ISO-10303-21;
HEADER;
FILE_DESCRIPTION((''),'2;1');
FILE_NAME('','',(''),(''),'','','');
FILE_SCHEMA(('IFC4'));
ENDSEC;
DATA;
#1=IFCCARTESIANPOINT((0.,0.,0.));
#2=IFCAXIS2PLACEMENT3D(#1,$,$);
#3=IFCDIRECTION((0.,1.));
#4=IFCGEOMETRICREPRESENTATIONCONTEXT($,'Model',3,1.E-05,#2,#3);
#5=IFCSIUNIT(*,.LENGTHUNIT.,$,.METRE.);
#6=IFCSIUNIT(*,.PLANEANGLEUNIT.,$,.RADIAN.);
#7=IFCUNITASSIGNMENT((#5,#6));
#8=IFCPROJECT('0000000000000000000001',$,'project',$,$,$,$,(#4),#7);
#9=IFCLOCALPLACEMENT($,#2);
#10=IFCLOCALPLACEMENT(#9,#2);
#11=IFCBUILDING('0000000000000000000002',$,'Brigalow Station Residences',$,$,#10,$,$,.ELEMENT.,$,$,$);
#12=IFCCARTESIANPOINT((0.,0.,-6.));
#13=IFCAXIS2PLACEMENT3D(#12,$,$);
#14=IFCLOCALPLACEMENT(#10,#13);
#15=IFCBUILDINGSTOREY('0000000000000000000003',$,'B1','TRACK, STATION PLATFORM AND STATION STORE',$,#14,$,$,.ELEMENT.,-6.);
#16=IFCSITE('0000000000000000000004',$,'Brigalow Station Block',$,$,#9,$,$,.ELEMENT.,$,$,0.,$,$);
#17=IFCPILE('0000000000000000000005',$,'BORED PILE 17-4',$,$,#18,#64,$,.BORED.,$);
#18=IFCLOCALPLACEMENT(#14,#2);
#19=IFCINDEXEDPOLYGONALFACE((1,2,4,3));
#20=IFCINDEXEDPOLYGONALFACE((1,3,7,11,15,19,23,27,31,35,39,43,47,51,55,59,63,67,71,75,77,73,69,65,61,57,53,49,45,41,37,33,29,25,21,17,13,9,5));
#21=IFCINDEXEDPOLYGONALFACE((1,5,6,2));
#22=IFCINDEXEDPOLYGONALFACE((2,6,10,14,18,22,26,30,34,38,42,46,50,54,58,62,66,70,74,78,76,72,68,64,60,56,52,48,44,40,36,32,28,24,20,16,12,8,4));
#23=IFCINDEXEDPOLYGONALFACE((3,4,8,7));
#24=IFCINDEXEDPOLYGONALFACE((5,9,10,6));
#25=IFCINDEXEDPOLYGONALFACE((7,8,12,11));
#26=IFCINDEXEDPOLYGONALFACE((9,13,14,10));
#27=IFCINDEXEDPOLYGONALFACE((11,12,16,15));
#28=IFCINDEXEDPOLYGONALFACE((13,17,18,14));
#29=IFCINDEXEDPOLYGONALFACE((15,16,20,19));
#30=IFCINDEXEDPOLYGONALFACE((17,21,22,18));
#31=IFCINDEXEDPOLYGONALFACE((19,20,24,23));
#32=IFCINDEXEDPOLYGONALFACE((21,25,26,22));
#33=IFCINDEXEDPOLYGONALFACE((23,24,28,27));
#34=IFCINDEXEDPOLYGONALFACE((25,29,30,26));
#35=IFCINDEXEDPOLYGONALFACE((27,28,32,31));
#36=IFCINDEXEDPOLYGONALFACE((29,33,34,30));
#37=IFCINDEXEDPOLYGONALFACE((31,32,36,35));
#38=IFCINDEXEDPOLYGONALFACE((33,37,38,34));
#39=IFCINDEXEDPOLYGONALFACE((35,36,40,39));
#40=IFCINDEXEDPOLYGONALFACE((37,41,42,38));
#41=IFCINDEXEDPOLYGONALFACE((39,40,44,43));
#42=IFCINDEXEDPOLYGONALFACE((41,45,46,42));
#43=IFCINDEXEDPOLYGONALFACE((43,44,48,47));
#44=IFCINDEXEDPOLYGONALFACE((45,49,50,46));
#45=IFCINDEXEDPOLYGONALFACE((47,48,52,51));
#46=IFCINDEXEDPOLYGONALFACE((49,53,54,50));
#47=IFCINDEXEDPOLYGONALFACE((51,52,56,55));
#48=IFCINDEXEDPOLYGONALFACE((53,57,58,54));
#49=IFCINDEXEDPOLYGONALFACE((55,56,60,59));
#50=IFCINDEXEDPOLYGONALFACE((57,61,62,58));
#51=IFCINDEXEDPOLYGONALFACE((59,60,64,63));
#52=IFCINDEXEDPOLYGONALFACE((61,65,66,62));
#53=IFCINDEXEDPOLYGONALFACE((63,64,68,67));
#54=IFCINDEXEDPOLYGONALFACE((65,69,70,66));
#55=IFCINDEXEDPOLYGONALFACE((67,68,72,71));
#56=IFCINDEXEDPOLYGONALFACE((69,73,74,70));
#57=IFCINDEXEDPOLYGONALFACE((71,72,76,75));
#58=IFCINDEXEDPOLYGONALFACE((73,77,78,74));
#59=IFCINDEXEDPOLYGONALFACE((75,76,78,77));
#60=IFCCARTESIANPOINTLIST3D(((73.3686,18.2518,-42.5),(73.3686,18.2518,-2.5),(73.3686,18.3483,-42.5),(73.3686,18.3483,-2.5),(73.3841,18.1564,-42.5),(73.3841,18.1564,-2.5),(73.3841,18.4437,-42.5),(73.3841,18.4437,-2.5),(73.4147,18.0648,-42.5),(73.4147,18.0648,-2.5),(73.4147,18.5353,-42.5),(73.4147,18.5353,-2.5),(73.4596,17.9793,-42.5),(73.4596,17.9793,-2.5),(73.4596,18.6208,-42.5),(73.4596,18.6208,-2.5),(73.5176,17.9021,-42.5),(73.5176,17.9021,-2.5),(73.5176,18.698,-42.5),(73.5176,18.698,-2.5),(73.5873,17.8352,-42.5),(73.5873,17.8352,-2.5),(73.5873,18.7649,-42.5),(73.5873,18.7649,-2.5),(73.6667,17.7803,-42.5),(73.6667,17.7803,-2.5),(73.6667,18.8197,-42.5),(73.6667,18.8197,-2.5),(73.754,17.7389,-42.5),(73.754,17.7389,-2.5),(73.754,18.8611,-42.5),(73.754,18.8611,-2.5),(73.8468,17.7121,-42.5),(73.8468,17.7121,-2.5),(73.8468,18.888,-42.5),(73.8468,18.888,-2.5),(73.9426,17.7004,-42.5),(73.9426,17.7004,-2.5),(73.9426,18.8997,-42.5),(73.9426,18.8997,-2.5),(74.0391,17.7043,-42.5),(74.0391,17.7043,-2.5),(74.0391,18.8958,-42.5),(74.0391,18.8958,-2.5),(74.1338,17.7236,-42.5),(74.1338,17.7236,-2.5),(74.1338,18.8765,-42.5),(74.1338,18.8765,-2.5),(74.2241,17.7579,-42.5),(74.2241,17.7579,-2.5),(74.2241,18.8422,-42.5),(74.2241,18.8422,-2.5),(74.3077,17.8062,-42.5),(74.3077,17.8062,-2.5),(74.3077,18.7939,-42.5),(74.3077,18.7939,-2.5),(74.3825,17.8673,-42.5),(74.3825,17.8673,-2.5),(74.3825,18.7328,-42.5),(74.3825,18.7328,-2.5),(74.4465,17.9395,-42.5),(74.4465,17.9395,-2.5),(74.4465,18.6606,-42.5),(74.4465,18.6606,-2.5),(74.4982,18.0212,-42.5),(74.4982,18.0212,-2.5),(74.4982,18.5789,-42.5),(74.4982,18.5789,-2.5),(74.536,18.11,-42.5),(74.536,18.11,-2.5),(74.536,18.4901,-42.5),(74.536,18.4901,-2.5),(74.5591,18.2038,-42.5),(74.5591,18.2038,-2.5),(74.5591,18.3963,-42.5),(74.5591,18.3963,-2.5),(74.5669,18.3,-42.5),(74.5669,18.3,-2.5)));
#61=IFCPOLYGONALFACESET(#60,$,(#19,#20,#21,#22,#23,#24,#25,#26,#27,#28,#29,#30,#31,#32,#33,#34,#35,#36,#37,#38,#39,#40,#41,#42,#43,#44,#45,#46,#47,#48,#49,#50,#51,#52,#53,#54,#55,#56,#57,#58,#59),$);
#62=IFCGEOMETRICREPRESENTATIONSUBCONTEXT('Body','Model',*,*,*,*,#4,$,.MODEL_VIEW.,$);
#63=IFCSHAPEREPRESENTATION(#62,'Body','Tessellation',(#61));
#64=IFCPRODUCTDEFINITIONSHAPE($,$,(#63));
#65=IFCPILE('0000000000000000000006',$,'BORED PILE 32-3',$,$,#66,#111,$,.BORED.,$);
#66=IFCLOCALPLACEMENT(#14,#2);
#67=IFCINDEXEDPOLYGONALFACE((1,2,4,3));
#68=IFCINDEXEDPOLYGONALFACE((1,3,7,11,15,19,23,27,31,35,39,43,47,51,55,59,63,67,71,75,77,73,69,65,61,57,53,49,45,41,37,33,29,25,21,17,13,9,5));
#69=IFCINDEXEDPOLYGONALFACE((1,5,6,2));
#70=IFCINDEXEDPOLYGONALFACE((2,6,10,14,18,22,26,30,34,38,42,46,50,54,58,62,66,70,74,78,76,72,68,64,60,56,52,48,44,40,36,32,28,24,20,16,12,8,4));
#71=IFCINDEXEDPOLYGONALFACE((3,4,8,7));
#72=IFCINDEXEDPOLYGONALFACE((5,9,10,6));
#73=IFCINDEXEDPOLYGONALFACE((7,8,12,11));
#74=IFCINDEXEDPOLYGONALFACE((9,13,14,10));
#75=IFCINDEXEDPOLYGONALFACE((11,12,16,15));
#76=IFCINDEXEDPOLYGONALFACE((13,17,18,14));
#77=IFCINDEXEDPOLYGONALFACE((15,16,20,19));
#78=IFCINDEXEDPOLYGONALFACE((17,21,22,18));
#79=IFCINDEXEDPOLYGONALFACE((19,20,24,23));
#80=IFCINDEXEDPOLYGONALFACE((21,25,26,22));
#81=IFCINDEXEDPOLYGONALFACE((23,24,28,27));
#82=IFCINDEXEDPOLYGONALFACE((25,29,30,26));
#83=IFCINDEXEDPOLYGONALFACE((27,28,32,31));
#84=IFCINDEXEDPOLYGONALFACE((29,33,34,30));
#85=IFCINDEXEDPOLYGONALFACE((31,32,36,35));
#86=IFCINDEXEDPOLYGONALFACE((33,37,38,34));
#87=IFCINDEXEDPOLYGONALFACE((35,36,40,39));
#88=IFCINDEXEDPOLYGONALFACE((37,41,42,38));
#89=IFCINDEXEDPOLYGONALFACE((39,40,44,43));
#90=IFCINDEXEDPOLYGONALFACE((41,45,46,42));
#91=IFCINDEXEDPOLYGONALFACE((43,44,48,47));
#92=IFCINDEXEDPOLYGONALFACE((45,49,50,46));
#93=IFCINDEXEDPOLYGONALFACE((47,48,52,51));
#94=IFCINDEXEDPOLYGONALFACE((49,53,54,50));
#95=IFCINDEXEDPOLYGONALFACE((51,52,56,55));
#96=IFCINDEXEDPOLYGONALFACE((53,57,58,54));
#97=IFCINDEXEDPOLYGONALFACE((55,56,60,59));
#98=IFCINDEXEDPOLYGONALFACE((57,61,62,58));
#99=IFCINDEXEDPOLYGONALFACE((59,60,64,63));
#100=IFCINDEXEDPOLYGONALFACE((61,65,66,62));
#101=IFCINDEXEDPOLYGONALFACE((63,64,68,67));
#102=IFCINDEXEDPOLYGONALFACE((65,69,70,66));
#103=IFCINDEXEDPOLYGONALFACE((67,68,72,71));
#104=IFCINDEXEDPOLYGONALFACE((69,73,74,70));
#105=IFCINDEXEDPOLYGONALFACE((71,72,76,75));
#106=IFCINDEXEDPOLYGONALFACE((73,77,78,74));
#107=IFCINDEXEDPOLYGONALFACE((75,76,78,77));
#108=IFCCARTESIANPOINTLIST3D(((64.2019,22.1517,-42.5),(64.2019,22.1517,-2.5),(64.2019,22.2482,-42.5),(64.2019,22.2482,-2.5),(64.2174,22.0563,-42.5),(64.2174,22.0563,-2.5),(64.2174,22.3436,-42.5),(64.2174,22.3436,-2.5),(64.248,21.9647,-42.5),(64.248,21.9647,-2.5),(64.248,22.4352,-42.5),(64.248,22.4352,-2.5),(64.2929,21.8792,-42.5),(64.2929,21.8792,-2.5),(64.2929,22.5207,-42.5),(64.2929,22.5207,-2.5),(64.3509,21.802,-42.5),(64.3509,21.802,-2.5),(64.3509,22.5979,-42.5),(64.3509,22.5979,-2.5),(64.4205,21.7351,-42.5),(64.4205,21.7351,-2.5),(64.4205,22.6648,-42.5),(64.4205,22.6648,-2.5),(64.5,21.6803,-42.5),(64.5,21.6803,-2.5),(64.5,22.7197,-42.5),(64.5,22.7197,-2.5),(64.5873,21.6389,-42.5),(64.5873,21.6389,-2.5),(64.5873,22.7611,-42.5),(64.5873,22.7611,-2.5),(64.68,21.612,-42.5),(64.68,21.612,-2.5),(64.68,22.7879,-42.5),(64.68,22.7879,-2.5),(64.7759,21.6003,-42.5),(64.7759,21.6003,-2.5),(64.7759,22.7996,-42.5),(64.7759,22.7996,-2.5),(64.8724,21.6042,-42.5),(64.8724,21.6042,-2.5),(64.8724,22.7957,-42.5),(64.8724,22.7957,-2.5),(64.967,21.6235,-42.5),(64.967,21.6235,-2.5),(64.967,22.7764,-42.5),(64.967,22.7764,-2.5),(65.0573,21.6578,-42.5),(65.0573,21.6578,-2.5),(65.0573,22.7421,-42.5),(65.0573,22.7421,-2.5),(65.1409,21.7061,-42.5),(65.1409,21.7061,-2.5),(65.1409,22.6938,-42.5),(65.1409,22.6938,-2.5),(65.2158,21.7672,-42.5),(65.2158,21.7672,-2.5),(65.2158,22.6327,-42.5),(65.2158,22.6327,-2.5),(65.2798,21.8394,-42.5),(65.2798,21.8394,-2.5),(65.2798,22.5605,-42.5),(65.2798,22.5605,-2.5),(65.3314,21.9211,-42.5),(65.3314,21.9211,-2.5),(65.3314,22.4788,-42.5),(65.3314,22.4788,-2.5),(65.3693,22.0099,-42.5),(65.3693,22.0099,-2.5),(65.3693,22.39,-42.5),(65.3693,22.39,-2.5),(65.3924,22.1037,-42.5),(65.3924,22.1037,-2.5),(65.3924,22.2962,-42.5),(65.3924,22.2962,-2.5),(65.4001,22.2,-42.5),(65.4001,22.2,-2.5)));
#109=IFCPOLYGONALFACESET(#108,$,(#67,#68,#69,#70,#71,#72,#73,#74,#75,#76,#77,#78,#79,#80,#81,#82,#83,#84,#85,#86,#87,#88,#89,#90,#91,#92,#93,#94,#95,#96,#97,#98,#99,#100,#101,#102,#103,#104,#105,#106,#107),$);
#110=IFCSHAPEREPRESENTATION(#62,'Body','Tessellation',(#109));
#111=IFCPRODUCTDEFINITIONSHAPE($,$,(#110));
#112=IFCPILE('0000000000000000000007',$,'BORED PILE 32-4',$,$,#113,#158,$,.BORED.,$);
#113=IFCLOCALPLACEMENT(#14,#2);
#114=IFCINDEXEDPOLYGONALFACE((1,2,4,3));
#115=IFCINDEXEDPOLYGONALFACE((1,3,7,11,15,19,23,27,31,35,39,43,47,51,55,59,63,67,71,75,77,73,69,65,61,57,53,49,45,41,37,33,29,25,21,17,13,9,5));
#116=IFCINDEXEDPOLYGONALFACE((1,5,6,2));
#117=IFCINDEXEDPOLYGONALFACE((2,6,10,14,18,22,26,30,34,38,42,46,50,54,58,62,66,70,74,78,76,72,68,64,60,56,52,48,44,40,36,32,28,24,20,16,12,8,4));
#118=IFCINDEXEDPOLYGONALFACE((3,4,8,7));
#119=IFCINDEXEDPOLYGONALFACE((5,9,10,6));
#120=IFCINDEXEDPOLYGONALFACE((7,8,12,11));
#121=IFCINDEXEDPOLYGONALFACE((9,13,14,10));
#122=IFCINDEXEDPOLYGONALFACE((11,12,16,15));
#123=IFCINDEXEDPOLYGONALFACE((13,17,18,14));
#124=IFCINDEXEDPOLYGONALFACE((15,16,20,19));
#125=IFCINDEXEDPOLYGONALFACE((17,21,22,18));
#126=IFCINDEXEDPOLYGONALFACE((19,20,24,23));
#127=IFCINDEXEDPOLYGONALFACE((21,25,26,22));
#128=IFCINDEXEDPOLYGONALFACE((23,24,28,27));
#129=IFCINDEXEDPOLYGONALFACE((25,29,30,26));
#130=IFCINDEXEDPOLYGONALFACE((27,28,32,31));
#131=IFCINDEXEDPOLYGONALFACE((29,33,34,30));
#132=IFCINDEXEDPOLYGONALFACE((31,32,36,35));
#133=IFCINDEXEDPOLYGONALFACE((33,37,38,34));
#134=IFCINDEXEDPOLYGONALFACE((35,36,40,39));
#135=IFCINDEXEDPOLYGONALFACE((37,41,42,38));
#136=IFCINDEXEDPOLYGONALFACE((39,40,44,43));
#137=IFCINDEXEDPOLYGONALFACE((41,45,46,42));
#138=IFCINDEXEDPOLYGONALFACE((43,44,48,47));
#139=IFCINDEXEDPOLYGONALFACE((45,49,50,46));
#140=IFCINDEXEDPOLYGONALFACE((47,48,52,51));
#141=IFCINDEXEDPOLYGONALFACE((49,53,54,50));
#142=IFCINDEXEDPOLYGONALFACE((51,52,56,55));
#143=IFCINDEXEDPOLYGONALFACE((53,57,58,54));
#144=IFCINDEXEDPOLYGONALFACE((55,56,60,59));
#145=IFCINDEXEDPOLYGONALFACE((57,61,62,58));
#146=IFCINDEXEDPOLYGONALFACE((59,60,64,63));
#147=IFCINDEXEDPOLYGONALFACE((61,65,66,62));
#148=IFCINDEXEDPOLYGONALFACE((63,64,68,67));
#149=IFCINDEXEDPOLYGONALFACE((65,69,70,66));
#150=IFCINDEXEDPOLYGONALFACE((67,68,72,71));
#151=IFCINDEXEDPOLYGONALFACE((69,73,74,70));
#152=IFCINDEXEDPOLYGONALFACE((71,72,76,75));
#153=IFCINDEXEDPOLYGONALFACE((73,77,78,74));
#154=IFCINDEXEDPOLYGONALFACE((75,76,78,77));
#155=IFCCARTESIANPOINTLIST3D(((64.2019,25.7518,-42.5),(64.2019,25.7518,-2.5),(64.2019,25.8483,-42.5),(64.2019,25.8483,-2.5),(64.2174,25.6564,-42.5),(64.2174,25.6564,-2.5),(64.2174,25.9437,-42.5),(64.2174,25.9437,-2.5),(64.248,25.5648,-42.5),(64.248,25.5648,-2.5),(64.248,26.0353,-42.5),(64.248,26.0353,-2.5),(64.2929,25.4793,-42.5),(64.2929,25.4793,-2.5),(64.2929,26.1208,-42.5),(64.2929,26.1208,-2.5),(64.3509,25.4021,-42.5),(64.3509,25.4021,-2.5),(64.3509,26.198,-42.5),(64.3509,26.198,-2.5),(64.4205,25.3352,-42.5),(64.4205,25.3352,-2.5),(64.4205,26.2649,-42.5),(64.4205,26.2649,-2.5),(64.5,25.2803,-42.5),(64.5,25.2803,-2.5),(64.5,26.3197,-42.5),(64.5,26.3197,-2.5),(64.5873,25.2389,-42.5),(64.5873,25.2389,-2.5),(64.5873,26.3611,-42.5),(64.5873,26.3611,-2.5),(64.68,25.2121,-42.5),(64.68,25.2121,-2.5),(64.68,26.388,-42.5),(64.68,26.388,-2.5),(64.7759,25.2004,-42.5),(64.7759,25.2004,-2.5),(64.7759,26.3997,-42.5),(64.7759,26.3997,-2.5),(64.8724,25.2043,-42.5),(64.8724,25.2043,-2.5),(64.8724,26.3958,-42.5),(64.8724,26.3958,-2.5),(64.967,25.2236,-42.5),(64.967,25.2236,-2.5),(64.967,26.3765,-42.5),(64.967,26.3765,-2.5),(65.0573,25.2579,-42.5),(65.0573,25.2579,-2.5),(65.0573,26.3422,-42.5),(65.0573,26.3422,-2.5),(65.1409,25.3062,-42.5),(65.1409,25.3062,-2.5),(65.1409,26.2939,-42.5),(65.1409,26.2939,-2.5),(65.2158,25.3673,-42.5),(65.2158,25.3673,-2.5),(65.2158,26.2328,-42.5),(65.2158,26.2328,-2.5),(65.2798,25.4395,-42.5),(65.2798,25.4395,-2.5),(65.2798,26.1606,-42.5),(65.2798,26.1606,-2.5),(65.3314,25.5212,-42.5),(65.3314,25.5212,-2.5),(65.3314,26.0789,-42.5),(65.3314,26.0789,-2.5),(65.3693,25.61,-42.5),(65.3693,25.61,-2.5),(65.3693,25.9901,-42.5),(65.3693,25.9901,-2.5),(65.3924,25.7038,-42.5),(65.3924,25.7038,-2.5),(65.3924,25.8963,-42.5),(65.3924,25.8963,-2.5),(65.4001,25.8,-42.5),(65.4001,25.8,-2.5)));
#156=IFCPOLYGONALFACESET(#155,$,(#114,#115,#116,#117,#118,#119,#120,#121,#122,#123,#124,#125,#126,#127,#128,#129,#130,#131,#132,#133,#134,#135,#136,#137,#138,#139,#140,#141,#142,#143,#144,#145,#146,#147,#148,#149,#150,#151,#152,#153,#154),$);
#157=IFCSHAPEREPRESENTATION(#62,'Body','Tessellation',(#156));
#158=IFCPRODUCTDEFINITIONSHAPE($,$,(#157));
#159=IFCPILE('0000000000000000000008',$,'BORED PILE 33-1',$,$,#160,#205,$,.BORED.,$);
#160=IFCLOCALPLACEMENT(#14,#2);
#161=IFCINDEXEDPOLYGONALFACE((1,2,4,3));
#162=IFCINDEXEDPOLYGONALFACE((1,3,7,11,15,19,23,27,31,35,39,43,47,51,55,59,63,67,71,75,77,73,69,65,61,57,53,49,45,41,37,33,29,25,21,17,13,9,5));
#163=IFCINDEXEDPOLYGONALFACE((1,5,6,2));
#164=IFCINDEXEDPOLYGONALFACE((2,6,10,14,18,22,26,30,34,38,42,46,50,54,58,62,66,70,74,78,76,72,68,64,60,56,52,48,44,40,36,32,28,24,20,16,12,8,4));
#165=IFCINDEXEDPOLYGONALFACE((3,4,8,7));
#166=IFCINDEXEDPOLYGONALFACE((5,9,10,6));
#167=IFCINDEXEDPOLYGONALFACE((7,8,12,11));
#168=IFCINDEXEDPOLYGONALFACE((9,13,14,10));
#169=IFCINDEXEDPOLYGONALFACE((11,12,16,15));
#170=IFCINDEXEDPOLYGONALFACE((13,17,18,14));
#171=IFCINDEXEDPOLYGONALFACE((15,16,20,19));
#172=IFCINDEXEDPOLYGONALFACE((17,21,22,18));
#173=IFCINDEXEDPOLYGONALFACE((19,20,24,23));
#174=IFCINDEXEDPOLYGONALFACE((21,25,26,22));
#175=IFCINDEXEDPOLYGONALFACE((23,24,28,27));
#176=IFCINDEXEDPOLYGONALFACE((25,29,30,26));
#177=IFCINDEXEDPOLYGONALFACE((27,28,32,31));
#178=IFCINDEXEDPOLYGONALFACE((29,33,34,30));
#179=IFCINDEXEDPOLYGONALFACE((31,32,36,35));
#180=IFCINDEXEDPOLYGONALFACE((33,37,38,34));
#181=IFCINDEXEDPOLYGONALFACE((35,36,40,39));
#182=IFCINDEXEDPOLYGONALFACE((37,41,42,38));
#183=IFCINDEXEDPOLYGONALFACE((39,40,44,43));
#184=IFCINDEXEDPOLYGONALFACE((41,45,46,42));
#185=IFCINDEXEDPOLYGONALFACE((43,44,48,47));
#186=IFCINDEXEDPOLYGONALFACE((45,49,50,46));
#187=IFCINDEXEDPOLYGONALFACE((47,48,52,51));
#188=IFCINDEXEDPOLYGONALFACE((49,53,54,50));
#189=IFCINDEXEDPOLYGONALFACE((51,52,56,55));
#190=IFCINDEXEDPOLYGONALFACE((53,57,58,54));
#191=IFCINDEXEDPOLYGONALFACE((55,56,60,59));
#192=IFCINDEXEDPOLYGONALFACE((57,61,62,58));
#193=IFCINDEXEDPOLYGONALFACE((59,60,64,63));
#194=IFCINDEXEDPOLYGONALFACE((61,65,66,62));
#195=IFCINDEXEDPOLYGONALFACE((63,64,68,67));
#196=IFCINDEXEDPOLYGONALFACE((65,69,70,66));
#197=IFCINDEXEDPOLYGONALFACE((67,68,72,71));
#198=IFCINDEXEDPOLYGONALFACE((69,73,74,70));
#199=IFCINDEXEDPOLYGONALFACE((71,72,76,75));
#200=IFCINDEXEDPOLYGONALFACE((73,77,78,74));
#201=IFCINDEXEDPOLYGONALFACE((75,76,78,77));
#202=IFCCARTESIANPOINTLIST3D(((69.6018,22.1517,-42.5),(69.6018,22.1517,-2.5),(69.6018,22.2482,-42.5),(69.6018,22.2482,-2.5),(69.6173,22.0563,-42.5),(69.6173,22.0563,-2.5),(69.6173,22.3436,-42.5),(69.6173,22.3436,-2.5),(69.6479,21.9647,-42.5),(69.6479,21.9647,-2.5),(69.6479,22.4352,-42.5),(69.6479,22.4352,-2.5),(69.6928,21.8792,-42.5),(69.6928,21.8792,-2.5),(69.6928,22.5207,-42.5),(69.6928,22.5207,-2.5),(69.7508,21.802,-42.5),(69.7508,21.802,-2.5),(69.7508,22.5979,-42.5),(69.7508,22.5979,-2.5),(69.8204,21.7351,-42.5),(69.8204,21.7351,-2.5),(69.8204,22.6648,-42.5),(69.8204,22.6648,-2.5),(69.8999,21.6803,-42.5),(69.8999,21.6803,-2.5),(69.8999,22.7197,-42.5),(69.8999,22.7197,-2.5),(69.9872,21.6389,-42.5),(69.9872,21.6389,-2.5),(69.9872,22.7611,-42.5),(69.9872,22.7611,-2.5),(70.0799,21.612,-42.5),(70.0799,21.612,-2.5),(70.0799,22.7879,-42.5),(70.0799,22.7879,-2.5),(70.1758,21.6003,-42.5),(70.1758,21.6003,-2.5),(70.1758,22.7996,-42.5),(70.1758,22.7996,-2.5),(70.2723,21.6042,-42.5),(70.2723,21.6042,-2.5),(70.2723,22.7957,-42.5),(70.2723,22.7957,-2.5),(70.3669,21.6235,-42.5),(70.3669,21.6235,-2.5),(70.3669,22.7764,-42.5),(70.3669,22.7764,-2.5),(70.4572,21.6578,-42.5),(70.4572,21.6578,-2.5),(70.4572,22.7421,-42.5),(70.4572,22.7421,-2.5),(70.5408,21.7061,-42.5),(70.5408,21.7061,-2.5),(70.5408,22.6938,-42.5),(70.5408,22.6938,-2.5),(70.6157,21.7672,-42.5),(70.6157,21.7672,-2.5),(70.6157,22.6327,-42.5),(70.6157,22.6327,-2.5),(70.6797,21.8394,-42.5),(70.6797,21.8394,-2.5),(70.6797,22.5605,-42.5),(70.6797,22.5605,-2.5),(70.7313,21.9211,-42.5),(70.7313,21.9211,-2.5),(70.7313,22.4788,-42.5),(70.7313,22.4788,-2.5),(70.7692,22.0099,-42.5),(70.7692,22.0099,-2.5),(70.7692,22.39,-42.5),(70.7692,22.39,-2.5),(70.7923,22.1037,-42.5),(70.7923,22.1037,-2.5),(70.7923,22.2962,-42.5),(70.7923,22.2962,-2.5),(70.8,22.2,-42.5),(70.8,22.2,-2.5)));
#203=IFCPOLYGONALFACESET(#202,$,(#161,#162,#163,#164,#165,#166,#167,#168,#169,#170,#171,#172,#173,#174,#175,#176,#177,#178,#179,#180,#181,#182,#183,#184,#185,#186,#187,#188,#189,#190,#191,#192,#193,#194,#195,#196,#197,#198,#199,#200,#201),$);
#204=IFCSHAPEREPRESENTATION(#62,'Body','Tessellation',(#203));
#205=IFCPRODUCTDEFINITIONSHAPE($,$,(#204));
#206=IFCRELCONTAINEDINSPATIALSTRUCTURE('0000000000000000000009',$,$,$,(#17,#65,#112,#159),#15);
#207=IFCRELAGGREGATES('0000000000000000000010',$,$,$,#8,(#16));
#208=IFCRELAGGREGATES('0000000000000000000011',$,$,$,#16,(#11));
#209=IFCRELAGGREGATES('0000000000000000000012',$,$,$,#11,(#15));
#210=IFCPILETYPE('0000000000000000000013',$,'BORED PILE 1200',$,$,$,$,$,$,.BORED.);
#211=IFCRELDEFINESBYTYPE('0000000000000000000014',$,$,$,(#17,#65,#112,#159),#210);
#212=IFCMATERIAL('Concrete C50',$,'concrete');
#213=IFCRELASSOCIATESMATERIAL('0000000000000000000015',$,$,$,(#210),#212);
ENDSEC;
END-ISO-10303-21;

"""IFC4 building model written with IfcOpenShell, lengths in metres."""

from ifc_helpers import new_model, si_unit, direction, frame, origin, origin_2d, place, context, subcontext, project, spatial, circle, extrude, material, material_profile, profile_set, type_object, element, save


model = new_model("IFC4")

# Units and contexts
model_context = context("Model", 3, precision=1e-05, world=origin(), true_north=direction((0.0, 1.0)))
body_context = subcontext(model_context, "Body", "Model", "MODEL_VIEW")
ifc_project = project(units=[si_unit("LENGTHUNIT", "METRE"), si_unit("PLANEANGLEUNIT", "RADIAN")], contexts=[model_context])

# Site, building, storey
site_placement = place(None, origin())
site = spatial("IfcSite", under=ifc_project, at=site_placement, Name="Brigalow Station Block", CompositionType="ELEMENT", RefElevation=0.0)
building_placement = place(site_placement, origin())
building = spatial("IfcBuilding", under=site, at=building_placement, Name="Brigalow Station Residences", CompositionType="ELEMENT")
storey_placement = place(building_placement, frame((0.0, 0.0, -6.0)))
storey = spatial("IfcBuildingStorey", under=building, at=storey_placement, Name="B1", Description="TRACK, STATION PLATFORM AND STATION STORE", CompositionType="ELEMENT", Elevation=-6.0)

# Piles
ifc_material_1 = material(Name="Concrete C50", Category="concrete")
ifc_material_profile_1 = material_profile(ifc_material_1, circle(Radius=0.6001, at=origin_2d()), Name="BP1200")
ifc_profile_set_1 = profile_set([ifc_material_profile_1], Name="Concrete C50")
pile_type = type_object("IfcPileType", Name="BORED PILE 1200", PredefinedType="BORED", material=ifc_profile_set_1)
for number, where, z_axis, x_axis, name in (
    (1, (73.9668, 18.3, -2.5), (0.0, 0.0, -1.0), (1.0, 0.0, 0.0), "BORED PILE 17-4"),
    (2, (64.8, 22.2, -2.5), (0.0, 0.0, -1.0), (1.0, 0.0, 0.0), "BORED PILE 32-3"),
    (3, (64.8, 25.8, -2.5), (0.0, 0.0, -1.0), (1.0, 0.0, 0.0), "BORED PILE 32-4"),
    (4, (70.2, 22.2, -2.5), (0.0, 0.0, -1.0), (1.0, 0.0, 0.0), "BORED PILE 33-1"),
):
    element("IfcPile", number, at=place(storey_placement, frame(where, z_axis=z_axis, x_axis=x_axis)), inside=storey, type_object=pile_type, Name=name, PredefinedType="BORED", context=body_context, shape_type="SweptSolid", body=[
        extrude(circle(Radius=0.6001, at=origin_2d()), origin(), (0.0, 0.0, 1.0), 40.0),
    ])

save(model, "model.ifc")
